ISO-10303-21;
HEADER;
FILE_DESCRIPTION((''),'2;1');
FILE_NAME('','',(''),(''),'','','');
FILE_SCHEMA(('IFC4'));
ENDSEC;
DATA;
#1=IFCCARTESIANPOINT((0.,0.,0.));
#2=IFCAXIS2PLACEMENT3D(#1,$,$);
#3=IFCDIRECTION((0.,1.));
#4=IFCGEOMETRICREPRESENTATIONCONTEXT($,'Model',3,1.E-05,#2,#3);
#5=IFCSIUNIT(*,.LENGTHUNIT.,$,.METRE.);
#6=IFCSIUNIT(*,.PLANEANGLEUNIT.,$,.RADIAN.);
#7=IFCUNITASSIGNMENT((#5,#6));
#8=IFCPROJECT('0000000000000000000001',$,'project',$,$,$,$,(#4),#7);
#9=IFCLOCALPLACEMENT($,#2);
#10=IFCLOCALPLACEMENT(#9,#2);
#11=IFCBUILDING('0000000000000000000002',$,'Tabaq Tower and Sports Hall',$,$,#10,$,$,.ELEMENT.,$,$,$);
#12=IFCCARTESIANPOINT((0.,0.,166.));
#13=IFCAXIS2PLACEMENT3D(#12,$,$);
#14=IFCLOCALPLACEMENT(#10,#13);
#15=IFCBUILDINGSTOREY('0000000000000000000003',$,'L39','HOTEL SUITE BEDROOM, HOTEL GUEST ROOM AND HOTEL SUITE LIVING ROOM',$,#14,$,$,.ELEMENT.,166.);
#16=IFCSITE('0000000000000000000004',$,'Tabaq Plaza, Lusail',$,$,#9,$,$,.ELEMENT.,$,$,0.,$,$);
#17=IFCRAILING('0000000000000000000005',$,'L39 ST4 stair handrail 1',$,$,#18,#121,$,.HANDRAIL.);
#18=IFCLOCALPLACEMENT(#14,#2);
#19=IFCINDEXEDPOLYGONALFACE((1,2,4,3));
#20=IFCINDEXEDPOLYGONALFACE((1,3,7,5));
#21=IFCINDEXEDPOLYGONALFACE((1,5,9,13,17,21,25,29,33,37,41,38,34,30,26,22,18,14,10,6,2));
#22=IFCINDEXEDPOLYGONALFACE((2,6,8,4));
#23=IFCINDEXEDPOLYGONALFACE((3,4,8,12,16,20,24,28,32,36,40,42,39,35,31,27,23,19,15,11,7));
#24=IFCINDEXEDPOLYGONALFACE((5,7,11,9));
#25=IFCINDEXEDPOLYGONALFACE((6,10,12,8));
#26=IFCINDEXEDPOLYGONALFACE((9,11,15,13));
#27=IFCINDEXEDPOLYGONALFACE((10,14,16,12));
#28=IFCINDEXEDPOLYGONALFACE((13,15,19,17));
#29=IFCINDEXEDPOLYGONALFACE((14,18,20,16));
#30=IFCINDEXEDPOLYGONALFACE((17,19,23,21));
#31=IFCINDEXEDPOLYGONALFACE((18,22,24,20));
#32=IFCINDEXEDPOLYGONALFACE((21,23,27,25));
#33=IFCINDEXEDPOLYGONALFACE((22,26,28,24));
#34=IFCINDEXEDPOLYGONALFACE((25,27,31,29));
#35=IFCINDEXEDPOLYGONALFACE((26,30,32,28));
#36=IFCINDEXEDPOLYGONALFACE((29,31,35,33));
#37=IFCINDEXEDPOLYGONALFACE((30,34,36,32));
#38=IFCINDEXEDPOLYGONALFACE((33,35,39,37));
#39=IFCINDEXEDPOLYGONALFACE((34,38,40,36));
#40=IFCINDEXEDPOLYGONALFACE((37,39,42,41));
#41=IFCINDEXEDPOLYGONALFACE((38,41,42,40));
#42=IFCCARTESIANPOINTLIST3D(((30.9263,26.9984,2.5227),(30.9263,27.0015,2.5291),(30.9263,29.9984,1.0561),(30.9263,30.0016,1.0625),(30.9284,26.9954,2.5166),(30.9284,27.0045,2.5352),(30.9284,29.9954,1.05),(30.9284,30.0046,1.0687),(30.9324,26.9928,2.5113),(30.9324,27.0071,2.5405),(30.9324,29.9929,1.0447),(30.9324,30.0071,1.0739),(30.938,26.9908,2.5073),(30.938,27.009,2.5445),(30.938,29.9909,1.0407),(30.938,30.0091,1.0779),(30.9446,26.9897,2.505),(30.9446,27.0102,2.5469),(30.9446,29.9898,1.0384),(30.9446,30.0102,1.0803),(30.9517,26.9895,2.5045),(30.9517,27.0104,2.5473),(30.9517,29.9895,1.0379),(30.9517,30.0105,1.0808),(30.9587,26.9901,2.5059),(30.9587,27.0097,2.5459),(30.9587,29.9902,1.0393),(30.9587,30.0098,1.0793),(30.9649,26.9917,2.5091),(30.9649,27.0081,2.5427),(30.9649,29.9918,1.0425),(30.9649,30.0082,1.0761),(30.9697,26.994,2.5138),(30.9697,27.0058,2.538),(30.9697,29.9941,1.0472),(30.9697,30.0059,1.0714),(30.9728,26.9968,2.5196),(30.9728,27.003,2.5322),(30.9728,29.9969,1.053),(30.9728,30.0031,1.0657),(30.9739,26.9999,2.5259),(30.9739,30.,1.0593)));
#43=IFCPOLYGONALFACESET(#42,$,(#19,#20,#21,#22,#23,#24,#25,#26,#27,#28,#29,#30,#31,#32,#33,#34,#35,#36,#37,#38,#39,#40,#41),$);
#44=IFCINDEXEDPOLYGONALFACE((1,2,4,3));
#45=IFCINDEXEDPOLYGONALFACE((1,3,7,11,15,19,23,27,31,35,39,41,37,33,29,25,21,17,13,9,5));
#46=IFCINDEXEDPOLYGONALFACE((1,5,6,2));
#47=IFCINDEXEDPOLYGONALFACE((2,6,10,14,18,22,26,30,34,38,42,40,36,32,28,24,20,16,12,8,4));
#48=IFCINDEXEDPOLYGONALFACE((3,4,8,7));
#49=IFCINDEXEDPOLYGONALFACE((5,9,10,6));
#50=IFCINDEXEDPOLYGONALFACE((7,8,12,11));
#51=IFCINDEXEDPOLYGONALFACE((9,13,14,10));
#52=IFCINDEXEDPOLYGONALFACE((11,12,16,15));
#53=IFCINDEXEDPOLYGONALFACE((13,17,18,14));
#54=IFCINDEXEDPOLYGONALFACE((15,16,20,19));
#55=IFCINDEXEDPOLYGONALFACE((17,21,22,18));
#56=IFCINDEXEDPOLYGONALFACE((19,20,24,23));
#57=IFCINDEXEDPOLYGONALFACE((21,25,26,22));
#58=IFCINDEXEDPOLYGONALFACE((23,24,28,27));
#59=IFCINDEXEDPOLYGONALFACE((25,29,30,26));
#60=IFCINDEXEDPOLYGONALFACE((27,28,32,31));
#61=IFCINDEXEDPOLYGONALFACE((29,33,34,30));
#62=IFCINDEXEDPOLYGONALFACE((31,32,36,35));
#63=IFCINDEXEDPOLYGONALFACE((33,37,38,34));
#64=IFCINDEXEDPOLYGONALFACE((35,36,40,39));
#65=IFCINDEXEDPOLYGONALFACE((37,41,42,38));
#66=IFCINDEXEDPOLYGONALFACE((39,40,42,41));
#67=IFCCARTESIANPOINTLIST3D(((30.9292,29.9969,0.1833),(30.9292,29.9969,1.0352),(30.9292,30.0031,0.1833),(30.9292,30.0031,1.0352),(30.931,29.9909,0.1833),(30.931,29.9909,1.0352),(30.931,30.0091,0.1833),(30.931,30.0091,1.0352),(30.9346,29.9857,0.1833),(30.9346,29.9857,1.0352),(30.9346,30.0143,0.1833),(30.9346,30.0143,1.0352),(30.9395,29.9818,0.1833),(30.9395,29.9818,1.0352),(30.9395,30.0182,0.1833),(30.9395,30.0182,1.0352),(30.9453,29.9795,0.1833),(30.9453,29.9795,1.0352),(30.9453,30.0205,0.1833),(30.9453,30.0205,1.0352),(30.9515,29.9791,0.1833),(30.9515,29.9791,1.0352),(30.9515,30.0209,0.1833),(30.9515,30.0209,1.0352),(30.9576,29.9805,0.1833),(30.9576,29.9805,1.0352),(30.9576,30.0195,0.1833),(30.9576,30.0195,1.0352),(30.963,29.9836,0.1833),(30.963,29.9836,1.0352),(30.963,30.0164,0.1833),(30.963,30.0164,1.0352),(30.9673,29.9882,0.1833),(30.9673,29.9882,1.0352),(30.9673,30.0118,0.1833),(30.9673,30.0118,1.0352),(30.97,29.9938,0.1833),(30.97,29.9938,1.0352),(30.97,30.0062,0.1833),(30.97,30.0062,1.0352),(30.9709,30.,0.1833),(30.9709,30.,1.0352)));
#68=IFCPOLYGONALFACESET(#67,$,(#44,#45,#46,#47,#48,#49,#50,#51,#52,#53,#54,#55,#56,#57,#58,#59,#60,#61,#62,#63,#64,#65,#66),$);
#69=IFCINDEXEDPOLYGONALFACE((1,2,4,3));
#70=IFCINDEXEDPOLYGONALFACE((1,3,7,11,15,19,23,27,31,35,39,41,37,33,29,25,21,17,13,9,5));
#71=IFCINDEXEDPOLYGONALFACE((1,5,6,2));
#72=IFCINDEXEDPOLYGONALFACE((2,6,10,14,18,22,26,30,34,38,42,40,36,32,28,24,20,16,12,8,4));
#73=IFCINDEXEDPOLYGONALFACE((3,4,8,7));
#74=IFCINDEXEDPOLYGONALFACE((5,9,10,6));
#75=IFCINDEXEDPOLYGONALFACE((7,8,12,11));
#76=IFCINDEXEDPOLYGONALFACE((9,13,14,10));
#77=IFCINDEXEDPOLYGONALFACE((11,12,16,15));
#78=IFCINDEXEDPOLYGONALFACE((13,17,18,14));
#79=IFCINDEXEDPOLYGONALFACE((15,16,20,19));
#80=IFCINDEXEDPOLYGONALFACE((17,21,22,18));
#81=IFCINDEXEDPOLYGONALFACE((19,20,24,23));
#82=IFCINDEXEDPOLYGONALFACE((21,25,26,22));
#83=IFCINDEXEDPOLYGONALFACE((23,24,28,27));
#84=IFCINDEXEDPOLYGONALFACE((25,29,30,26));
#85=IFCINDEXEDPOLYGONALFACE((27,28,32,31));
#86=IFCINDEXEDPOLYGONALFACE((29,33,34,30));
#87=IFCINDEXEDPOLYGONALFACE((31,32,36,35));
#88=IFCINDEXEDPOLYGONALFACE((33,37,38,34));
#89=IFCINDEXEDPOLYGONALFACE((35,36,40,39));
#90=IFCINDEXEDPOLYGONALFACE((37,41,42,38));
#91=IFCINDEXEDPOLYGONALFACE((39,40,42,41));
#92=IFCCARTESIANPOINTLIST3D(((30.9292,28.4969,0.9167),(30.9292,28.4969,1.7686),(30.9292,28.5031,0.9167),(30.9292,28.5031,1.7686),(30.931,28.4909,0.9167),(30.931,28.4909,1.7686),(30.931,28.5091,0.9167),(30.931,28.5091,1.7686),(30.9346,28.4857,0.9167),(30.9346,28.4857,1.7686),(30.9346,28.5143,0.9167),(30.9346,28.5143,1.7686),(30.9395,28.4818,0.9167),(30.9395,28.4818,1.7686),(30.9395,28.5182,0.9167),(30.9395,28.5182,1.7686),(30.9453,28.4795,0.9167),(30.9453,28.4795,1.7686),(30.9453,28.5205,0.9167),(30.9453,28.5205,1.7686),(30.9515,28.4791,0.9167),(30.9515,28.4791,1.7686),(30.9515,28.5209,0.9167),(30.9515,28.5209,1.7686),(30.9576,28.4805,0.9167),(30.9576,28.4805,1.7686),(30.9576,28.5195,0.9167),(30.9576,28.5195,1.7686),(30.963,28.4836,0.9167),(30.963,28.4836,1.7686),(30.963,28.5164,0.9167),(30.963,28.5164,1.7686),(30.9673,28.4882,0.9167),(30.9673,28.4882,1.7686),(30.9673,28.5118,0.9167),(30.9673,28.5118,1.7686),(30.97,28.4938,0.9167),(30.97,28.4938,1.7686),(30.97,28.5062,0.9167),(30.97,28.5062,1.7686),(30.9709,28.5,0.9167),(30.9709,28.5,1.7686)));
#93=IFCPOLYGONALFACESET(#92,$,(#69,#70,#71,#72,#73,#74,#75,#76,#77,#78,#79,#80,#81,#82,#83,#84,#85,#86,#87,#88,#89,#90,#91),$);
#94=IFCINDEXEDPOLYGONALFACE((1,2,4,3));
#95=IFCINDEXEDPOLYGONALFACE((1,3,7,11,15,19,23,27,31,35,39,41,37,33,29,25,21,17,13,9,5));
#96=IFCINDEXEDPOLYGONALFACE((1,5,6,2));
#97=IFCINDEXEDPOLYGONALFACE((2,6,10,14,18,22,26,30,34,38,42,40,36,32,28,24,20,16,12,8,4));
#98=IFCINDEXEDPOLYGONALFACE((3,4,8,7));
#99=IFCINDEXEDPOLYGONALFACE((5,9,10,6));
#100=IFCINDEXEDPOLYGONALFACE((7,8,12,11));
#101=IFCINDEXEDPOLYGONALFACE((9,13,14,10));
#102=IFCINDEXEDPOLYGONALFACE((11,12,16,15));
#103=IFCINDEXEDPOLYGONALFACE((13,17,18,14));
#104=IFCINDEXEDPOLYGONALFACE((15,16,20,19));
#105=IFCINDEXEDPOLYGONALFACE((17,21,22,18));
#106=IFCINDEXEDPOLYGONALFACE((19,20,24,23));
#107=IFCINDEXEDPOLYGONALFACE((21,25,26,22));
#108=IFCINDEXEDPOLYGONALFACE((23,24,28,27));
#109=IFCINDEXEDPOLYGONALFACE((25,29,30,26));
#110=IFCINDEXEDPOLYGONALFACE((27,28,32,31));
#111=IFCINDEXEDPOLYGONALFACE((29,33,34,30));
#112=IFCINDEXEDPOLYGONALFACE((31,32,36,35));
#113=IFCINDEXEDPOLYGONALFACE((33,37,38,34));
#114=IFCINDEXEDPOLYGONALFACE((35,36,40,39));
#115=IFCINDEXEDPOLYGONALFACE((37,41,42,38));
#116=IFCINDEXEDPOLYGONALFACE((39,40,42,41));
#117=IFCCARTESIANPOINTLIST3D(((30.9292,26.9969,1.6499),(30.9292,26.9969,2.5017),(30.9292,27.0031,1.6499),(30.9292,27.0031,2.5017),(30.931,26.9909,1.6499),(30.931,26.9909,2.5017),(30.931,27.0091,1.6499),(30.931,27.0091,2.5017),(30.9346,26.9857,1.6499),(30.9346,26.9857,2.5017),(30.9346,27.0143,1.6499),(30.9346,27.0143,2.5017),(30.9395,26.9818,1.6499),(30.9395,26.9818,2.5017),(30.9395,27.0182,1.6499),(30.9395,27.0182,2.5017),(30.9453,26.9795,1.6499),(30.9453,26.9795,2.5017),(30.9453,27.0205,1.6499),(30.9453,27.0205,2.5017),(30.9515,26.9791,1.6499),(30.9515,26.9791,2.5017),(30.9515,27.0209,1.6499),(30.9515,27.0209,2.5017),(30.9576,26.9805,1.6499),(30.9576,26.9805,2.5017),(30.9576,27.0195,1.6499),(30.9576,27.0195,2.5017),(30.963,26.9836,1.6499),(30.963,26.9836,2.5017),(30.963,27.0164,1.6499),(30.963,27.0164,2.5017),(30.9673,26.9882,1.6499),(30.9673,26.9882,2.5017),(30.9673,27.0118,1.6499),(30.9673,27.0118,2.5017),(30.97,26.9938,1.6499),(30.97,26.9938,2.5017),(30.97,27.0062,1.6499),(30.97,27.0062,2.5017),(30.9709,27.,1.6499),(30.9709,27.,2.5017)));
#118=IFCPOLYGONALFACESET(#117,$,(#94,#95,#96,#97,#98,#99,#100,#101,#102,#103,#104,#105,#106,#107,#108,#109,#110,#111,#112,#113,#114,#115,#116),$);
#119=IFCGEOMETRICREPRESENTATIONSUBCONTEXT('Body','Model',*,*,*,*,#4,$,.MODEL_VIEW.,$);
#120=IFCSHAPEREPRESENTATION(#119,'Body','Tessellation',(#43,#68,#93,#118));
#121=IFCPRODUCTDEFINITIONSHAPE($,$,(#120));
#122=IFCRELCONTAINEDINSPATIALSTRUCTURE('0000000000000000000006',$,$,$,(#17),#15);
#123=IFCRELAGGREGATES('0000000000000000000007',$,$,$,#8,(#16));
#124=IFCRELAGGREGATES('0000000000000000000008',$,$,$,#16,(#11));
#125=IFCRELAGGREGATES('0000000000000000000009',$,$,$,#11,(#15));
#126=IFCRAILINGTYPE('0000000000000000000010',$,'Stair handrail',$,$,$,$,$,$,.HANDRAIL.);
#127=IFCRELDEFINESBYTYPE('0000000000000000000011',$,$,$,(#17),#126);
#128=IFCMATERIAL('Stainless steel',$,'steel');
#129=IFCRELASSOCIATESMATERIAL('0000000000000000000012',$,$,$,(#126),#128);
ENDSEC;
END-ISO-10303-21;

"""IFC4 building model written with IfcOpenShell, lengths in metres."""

from ifc_helpers import new_model, si_unit, direction, frame, origin, origin_2d, place, context, subcontext, project, spatial, circle, extrude, material, type_object, element, save


model = new_model("IFC4")

# Units and contexts
model_context = context("Model", 3, precision=1e-05, world=origin(), true_north=direction((0.0, 1.0)))
body_context = subcontext(model_context, "Body", "Model", "MODEL_VIEW")
ifc_project = project(units=[si_unit("LENGTHUNIT", "METRE"), si_unit("PLANEANGLEUNIT", "RADIAN")], contexts=[model_context])

# Site, building, storey
site_placement = place(None, origin())
site = spatial("IfcSite", under=ifc_project, at=site_placement, Name="Tabaq Plaza, Lusail", CompositionType="ELEMENT", RefElevation=0.0)
building_placement = place(site_placement, origin())
building = spatial("IfcBuilding", under=site, at=building_placement, Name="Tabaq Tower and Sports Hall", CompositionType="ELEMENT")
storey_placement = place(building_placement, frame((0.0, 0.0, 166.0)))
storey = spatial("IfcBuildingStorey", under=building, at=storey_placement, Name="L39", Description="HOTEL SUITE BEDROOM, HOTEL GUEST ROOM AND HOTEL SUITE LIVING ROOM", CompositionType="ELEMENT", Elevation=166.0)

# Railing
ifc_material_1 = material(Name="Stainless steel", Category="steel")
railing_type_1 = type_object("IfcRailingType", Name="Stair handrail", PredefinedType="HANDRAIL", material=ifc_material_1)
railing_1_placement = place(storey_placement, frame((30.95, 30.0, 0.1833)))
element("IfcRailing", 1, at=railing_1_placement, inside=storey, type_object=railing_type_1, Name="L39 ST4 stair handrail 1", PredefinedType="HANDRAIL", context=body_context, shape_type="SweptSolid", body=[
    extrude(circle(Radius=0.0239, at=origin_2d()), frame((0.0, 0.0, 0.876), z_axis=(0.0, -0.898398, 0.439183), x_axis=(1.0, 0.0, 0.0)), (0.0, 0.0, 1.0), 3.3394),
    extrude(circle(Radius=0.021, at=origin_2d()), origin(), (0.0, 0.0, 1.0), 0.8518),
    extrude(circle(Radius=0.021, at=origin_2d()), frame((0.0, -1.5, 0.7334)), (0.0, 0.0, 1.0), 0.8518),
    extrude(circle(Radius=0.021, at=origin_2d()), frame((0.0, -3.0, 1.4666)), (0.0, 0.0, 1.0), 0.8518),
])

save(model, "model.ifc")
